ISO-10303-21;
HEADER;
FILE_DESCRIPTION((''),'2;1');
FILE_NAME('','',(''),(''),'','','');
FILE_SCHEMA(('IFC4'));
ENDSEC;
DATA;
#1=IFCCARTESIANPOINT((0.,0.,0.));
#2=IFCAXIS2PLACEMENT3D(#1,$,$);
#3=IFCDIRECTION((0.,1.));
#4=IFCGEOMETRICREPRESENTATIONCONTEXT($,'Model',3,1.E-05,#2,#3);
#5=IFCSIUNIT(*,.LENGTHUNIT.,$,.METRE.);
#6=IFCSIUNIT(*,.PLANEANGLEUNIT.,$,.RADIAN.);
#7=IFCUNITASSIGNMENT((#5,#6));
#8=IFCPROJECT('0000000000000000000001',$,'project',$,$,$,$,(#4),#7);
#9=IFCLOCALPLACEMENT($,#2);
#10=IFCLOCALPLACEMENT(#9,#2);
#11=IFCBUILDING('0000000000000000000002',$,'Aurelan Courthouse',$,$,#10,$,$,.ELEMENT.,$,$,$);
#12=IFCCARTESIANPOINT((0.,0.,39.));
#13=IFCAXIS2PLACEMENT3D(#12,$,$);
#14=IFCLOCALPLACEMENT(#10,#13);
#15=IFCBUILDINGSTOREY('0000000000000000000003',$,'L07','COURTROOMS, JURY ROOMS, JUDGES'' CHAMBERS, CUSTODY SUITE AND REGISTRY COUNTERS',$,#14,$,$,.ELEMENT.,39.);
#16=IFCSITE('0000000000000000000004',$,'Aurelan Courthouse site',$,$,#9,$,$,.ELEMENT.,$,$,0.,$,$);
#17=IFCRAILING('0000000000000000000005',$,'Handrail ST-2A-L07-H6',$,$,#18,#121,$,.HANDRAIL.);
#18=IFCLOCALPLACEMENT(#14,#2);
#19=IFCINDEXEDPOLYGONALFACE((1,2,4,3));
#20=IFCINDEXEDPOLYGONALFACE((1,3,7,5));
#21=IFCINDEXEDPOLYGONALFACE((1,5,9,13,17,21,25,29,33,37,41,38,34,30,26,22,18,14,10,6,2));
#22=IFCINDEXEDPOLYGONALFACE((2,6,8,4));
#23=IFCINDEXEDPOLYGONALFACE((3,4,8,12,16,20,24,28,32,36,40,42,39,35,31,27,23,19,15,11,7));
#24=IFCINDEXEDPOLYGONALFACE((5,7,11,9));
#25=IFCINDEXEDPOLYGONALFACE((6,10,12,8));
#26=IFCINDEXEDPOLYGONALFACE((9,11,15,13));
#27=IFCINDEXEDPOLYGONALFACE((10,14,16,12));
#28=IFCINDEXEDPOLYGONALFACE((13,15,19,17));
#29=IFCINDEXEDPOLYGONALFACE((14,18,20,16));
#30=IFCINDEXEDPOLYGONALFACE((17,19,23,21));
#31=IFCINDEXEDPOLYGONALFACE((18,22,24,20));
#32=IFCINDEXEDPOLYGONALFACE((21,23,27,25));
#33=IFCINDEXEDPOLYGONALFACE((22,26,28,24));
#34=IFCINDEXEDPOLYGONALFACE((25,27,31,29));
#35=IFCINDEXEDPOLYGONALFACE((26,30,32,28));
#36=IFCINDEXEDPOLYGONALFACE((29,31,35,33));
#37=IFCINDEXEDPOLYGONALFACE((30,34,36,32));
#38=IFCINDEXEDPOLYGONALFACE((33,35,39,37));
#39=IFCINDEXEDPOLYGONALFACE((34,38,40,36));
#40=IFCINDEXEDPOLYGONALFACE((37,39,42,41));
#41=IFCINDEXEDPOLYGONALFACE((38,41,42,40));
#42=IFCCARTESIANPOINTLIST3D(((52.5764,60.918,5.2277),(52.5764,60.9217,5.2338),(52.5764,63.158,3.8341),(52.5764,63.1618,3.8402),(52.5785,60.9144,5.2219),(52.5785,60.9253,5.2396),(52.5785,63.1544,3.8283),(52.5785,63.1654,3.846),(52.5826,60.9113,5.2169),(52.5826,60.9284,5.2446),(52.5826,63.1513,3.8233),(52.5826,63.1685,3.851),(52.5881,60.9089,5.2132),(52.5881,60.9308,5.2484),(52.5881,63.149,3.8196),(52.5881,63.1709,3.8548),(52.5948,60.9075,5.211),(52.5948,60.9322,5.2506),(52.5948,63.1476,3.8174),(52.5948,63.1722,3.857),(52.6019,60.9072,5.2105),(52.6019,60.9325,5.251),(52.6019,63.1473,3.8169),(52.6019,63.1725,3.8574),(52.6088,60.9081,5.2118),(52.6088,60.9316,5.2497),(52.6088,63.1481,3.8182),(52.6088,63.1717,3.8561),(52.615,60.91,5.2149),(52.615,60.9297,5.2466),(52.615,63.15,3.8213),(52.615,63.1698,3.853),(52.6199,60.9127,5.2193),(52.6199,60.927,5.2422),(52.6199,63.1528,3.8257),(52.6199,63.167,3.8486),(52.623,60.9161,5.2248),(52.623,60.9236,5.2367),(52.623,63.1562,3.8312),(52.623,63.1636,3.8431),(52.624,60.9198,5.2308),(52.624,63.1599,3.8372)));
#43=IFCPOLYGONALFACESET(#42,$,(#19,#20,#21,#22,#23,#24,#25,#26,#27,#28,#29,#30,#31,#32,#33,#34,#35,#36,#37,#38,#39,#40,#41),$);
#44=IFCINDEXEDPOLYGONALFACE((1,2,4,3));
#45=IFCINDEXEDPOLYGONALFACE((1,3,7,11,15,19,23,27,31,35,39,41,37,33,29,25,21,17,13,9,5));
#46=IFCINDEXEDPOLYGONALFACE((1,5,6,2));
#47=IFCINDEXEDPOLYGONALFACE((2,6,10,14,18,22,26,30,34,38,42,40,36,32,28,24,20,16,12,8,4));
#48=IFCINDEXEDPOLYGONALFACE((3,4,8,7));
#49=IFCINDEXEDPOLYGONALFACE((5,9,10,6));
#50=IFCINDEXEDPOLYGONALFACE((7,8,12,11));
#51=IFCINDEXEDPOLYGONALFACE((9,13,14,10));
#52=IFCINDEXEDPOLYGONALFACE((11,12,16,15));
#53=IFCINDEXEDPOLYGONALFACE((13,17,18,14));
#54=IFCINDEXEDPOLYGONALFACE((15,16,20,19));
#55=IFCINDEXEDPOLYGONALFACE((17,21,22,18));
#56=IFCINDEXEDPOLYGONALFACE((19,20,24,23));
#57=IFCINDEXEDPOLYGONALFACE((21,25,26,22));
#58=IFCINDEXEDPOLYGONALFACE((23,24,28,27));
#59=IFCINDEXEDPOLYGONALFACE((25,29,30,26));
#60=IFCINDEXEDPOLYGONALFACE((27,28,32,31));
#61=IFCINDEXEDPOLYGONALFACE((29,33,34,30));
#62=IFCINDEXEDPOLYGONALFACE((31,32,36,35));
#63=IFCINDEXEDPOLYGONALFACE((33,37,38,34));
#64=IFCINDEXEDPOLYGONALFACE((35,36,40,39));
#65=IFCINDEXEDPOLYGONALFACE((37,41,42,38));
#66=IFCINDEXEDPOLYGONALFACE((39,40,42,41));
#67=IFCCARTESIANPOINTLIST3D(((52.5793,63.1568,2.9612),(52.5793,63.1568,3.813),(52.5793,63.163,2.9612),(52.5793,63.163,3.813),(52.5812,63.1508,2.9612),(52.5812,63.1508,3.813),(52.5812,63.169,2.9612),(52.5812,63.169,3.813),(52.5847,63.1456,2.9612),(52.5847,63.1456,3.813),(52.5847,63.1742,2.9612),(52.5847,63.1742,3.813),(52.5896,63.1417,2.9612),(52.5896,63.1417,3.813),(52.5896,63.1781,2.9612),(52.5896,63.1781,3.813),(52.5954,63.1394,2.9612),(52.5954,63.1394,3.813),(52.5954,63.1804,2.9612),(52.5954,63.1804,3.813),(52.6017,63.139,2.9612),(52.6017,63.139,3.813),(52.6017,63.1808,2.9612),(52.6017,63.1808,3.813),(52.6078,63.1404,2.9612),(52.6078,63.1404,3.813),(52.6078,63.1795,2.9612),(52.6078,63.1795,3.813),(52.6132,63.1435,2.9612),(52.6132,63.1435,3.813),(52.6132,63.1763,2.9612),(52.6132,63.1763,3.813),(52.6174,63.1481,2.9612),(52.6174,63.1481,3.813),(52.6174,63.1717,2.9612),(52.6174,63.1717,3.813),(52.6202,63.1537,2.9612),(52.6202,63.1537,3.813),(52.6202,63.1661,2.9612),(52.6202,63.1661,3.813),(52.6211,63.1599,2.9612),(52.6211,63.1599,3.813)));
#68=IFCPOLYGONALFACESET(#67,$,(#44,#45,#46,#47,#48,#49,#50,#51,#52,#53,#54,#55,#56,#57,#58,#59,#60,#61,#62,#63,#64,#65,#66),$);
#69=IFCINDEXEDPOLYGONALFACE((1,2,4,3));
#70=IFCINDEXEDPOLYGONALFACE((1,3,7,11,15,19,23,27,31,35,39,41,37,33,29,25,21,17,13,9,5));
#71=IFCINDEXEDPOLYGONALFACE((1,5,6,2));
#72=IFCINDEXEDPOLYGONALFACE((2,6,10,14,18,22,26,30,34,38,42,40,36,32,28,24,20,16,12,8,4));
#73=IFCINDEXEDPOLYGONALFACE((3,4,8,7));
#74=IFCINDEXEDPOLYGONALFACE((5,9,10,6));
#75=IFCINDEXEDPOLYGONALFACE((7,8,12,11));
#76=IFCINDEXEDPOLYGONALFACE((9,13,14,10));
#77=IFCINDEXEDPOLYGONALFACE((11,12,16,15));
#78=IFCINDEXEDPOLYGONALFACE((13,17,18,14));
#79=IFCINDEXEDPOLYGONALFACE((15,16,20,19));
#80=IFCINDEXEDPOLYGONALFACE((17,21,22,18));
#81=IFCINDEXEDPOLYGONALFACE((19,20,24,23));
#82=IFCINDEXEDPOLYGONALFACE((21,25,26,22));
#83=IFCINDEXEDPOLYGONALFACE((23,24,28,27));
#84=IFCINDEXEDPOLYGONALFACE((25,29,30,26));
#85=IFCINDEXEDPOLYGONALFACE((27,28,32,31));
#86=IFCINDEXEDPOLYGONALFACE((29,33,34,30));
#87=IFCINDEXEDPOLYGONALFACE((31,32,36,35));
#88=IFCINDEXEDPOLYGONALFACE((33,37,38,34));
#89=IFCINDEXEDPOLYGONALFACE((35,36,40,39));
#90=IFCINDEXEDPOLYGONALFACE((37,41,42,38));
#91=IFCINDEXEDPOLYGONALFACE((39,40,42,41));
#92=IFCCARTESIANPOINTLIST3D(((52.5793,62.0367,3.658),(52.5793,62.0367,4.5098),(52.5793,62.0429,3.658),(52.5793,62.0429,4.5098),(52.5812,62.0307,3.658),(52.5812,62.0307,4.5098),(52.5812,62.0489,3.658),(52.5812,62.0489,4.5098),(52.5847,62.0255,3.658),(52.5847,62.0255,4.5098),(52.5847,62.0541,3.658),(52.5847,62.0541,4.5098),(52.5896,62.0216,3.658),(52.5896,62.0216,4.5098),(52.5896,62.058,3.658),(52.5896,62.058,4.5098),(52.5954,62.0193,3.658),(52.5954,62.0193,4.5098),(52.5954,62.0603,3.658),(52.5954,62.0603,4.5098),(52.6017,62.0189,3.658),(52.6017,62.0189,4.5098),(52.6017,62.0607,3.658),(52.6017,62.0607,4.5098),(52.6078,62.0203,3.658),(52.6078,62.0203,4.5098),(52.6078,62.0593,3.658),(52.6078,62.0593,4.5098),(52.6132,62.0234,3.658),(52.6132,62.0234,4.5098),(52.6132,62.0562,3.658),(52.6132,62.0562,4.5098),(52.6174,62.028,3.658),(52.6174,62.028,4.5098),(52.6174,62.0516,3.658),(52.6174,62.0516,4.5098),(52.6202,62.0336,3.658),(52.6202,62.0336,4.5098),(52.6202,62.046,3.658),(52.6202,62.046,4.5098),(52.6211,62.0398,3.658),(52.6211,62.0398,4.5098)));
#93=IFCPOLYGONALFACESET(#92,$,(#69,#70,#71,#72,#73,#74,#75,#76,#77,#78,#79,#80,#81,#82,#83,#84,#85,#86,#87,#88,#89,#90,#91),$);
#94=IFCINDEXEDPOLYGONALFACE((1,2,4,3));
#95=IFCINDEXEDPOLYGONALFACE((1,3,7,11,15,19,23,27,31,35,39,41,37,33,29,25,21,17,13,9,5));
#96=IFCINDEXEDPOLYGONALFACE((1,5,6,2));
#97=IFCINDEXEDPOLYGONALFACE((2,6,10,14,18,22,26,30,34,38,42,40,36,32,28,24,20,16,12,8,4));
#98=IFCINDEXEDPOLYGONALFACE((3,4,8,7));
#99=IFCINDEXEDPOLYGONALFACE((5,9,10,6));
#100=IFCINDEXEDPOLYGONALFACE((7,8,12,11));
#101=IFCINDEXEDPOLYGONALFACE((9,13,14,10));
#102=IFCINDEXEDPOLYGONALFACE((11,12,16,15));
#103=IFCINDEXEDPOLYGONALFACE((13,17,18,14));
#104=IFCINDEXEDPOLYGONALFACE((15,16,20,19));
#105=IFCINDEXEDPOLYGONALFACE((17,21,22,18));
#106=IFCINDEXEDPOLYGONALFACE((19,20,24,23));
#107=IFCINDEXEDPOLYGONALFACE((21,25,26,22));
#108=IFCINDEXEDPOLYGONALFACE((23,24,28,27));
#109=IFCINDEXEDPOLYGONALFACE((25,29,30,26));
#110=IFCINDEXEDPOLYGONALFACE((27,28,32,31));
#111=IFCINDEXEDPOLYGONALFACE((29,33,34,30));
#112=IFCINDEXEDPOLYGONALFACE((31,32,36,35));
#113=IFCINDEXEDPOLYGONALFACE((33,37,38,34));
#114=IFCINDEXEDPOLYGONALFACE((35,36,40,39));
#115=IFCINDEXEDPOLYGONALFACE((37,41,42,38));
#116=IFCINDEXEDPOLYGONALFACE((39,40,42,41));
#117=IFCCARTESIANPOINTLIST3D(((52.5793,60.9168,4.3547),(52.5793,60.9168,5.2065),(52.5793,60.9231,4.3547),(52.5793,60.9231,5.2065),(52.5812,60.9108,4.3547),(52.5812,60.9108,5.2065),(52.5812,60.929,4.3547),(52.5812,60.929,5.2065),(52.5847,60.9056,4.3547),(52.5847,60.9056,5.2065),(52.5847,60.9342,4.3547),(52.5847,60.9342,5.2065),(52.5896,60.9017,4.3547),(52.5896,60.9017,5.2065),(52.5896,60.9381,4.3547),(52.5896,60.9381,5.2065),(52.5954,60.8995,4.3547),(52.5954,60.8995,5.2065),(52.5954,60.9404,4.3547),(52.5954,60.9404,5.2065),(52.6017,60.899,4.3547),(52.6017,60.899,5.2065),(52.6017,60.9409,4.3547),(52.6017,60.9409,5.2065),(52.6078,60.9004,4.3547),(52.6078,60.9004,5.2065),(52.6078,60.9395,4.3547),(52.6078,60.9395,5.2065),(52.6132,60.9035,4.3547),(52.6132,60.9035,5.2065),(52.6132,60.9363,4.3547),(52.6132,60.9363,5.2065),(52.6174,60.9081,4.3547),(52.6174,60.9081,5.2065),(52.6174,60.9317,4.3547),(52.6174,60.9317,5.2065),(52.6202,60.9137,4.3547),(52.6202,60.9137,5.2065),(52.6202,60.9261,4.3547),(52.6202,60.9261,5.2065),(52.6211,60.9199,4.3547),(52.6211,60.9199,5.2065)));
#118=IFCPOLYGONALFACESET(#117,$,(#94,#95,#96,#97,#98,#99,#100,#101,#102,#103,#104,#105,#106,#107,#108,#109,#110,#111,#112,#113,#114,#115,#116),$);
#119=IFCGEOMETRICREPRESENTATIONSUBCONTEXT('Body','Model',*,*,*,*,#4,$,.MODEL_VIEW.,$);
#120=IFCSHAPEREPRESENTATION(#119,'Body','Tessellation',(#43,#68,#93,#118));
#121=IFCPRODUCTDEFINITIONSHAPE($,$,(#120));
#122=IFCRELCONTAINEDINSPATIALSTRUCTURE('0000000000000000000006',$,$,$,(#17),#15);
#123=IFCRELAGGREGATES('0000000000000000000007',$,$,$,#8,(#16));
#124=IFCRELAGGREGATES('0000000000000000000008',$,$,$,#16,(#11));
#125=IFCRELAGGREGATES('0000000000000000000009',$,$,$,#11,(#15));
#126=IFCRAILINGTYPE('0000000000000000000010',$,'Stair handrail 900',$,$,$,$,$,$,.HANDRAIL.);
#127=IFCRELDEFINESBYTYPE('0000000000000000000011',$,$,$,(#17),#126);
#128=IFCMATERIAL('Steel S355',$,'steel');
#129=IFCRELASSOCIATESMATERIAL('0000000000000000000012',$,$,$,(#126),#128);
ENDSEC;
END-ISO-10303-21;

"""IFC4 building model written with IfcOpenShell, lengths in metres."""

from ifc_helpers import new_model, si_unit, direction, frame, origin, origin_2d, place, context, subcontext, project, spatial, circle, extrude, material, type_object, element, save


model = new_model("IFC4")

# Units and contexts
model_context = context("Model", 3, precision=1e-05, world=origin(), true_north=direction((0.0, 1.0)))
body_context = subcontext(model_context, "Body", "Model", "MODEL_VIEW")
ifc_project = project(units=[si_unit("LENGTHUNIT", "METRE"), si_unit("PLANEANGLEUNIT", "RADIAN")], contexts=[model_context])

# Site, building, storey
site_placement = place(None, origin())
site = spatial("IfcSite", under=ifc_project, at=site_placement, Name="Aurelan Courthouse site", CompositionType="ELEMENT", RefElevation=0.0)
building_placement = place(site_placement, origin())
building = spatial("IfcBuilding", under=site, at=building_placement, Name="Aurelan Courthouse", CompositionType="ELEMENT")
storey_placement = place(building_placement, frame((0.0, 0.0, 39.0)))
storey = spatial("IfcBuildingStorey", under=building, at=storey_placement, Name="L07", Description="COURTROOMS, JURY ROOMS, JUDGES' CHAMBERS, CUSTODY SUITE AND REGISTRY COUNTERS", CompositionType="ELEMENT", Elevation=39.0)

# Shared definitions
ifc_material_1 = material(Name="Steel S355", Category="steel")

# Railing
railing_type_1 = type_object("IfcRailingType", Name="Stair handrail 900", PredefinedType="HANDRAIL", material=ifc_material_1)
for number, where, name in (
    (1, (52.6001, 63.1599, 2.9612), "Handrail ST-2A-L07-H6"),
):
    element("IfcRailing", number, at=place(storey_placement, frame(where)), inside=storey, type_object=railing_type_1, Name=name, PredefinedType="HANDRAIL", context=body_context, shape_type="SweptSolid", body=[
        extrude(circle(Radius=0.0239, at=origin_2d()), frame((0.0, 0.0, 0.876), z_axis=(0.0, -0.849094, 0.528243), x_axis=(1.0, 0.0, 0.0)), (0.0, 0.0, 1.0), 2.6382),
        extrude(circle(Radius=0.021, at=origin_2d()), origin(), (0.0, 0.0, 1.0), 0.8518),
        extrude(circle(Radius=0.021, at=origin_2d()), frame((0.0, -1.1201, 0.6968)), (0.0, 0.0, 1.0), 0.8518),
        extrude(circle(Radius=0.021, at=origin_2d()), frame((0.0, -2.24, 1.3936)), (0.0, 0.0, 1.0), 0.8518),
    ])

save(model, "model.ifc")
